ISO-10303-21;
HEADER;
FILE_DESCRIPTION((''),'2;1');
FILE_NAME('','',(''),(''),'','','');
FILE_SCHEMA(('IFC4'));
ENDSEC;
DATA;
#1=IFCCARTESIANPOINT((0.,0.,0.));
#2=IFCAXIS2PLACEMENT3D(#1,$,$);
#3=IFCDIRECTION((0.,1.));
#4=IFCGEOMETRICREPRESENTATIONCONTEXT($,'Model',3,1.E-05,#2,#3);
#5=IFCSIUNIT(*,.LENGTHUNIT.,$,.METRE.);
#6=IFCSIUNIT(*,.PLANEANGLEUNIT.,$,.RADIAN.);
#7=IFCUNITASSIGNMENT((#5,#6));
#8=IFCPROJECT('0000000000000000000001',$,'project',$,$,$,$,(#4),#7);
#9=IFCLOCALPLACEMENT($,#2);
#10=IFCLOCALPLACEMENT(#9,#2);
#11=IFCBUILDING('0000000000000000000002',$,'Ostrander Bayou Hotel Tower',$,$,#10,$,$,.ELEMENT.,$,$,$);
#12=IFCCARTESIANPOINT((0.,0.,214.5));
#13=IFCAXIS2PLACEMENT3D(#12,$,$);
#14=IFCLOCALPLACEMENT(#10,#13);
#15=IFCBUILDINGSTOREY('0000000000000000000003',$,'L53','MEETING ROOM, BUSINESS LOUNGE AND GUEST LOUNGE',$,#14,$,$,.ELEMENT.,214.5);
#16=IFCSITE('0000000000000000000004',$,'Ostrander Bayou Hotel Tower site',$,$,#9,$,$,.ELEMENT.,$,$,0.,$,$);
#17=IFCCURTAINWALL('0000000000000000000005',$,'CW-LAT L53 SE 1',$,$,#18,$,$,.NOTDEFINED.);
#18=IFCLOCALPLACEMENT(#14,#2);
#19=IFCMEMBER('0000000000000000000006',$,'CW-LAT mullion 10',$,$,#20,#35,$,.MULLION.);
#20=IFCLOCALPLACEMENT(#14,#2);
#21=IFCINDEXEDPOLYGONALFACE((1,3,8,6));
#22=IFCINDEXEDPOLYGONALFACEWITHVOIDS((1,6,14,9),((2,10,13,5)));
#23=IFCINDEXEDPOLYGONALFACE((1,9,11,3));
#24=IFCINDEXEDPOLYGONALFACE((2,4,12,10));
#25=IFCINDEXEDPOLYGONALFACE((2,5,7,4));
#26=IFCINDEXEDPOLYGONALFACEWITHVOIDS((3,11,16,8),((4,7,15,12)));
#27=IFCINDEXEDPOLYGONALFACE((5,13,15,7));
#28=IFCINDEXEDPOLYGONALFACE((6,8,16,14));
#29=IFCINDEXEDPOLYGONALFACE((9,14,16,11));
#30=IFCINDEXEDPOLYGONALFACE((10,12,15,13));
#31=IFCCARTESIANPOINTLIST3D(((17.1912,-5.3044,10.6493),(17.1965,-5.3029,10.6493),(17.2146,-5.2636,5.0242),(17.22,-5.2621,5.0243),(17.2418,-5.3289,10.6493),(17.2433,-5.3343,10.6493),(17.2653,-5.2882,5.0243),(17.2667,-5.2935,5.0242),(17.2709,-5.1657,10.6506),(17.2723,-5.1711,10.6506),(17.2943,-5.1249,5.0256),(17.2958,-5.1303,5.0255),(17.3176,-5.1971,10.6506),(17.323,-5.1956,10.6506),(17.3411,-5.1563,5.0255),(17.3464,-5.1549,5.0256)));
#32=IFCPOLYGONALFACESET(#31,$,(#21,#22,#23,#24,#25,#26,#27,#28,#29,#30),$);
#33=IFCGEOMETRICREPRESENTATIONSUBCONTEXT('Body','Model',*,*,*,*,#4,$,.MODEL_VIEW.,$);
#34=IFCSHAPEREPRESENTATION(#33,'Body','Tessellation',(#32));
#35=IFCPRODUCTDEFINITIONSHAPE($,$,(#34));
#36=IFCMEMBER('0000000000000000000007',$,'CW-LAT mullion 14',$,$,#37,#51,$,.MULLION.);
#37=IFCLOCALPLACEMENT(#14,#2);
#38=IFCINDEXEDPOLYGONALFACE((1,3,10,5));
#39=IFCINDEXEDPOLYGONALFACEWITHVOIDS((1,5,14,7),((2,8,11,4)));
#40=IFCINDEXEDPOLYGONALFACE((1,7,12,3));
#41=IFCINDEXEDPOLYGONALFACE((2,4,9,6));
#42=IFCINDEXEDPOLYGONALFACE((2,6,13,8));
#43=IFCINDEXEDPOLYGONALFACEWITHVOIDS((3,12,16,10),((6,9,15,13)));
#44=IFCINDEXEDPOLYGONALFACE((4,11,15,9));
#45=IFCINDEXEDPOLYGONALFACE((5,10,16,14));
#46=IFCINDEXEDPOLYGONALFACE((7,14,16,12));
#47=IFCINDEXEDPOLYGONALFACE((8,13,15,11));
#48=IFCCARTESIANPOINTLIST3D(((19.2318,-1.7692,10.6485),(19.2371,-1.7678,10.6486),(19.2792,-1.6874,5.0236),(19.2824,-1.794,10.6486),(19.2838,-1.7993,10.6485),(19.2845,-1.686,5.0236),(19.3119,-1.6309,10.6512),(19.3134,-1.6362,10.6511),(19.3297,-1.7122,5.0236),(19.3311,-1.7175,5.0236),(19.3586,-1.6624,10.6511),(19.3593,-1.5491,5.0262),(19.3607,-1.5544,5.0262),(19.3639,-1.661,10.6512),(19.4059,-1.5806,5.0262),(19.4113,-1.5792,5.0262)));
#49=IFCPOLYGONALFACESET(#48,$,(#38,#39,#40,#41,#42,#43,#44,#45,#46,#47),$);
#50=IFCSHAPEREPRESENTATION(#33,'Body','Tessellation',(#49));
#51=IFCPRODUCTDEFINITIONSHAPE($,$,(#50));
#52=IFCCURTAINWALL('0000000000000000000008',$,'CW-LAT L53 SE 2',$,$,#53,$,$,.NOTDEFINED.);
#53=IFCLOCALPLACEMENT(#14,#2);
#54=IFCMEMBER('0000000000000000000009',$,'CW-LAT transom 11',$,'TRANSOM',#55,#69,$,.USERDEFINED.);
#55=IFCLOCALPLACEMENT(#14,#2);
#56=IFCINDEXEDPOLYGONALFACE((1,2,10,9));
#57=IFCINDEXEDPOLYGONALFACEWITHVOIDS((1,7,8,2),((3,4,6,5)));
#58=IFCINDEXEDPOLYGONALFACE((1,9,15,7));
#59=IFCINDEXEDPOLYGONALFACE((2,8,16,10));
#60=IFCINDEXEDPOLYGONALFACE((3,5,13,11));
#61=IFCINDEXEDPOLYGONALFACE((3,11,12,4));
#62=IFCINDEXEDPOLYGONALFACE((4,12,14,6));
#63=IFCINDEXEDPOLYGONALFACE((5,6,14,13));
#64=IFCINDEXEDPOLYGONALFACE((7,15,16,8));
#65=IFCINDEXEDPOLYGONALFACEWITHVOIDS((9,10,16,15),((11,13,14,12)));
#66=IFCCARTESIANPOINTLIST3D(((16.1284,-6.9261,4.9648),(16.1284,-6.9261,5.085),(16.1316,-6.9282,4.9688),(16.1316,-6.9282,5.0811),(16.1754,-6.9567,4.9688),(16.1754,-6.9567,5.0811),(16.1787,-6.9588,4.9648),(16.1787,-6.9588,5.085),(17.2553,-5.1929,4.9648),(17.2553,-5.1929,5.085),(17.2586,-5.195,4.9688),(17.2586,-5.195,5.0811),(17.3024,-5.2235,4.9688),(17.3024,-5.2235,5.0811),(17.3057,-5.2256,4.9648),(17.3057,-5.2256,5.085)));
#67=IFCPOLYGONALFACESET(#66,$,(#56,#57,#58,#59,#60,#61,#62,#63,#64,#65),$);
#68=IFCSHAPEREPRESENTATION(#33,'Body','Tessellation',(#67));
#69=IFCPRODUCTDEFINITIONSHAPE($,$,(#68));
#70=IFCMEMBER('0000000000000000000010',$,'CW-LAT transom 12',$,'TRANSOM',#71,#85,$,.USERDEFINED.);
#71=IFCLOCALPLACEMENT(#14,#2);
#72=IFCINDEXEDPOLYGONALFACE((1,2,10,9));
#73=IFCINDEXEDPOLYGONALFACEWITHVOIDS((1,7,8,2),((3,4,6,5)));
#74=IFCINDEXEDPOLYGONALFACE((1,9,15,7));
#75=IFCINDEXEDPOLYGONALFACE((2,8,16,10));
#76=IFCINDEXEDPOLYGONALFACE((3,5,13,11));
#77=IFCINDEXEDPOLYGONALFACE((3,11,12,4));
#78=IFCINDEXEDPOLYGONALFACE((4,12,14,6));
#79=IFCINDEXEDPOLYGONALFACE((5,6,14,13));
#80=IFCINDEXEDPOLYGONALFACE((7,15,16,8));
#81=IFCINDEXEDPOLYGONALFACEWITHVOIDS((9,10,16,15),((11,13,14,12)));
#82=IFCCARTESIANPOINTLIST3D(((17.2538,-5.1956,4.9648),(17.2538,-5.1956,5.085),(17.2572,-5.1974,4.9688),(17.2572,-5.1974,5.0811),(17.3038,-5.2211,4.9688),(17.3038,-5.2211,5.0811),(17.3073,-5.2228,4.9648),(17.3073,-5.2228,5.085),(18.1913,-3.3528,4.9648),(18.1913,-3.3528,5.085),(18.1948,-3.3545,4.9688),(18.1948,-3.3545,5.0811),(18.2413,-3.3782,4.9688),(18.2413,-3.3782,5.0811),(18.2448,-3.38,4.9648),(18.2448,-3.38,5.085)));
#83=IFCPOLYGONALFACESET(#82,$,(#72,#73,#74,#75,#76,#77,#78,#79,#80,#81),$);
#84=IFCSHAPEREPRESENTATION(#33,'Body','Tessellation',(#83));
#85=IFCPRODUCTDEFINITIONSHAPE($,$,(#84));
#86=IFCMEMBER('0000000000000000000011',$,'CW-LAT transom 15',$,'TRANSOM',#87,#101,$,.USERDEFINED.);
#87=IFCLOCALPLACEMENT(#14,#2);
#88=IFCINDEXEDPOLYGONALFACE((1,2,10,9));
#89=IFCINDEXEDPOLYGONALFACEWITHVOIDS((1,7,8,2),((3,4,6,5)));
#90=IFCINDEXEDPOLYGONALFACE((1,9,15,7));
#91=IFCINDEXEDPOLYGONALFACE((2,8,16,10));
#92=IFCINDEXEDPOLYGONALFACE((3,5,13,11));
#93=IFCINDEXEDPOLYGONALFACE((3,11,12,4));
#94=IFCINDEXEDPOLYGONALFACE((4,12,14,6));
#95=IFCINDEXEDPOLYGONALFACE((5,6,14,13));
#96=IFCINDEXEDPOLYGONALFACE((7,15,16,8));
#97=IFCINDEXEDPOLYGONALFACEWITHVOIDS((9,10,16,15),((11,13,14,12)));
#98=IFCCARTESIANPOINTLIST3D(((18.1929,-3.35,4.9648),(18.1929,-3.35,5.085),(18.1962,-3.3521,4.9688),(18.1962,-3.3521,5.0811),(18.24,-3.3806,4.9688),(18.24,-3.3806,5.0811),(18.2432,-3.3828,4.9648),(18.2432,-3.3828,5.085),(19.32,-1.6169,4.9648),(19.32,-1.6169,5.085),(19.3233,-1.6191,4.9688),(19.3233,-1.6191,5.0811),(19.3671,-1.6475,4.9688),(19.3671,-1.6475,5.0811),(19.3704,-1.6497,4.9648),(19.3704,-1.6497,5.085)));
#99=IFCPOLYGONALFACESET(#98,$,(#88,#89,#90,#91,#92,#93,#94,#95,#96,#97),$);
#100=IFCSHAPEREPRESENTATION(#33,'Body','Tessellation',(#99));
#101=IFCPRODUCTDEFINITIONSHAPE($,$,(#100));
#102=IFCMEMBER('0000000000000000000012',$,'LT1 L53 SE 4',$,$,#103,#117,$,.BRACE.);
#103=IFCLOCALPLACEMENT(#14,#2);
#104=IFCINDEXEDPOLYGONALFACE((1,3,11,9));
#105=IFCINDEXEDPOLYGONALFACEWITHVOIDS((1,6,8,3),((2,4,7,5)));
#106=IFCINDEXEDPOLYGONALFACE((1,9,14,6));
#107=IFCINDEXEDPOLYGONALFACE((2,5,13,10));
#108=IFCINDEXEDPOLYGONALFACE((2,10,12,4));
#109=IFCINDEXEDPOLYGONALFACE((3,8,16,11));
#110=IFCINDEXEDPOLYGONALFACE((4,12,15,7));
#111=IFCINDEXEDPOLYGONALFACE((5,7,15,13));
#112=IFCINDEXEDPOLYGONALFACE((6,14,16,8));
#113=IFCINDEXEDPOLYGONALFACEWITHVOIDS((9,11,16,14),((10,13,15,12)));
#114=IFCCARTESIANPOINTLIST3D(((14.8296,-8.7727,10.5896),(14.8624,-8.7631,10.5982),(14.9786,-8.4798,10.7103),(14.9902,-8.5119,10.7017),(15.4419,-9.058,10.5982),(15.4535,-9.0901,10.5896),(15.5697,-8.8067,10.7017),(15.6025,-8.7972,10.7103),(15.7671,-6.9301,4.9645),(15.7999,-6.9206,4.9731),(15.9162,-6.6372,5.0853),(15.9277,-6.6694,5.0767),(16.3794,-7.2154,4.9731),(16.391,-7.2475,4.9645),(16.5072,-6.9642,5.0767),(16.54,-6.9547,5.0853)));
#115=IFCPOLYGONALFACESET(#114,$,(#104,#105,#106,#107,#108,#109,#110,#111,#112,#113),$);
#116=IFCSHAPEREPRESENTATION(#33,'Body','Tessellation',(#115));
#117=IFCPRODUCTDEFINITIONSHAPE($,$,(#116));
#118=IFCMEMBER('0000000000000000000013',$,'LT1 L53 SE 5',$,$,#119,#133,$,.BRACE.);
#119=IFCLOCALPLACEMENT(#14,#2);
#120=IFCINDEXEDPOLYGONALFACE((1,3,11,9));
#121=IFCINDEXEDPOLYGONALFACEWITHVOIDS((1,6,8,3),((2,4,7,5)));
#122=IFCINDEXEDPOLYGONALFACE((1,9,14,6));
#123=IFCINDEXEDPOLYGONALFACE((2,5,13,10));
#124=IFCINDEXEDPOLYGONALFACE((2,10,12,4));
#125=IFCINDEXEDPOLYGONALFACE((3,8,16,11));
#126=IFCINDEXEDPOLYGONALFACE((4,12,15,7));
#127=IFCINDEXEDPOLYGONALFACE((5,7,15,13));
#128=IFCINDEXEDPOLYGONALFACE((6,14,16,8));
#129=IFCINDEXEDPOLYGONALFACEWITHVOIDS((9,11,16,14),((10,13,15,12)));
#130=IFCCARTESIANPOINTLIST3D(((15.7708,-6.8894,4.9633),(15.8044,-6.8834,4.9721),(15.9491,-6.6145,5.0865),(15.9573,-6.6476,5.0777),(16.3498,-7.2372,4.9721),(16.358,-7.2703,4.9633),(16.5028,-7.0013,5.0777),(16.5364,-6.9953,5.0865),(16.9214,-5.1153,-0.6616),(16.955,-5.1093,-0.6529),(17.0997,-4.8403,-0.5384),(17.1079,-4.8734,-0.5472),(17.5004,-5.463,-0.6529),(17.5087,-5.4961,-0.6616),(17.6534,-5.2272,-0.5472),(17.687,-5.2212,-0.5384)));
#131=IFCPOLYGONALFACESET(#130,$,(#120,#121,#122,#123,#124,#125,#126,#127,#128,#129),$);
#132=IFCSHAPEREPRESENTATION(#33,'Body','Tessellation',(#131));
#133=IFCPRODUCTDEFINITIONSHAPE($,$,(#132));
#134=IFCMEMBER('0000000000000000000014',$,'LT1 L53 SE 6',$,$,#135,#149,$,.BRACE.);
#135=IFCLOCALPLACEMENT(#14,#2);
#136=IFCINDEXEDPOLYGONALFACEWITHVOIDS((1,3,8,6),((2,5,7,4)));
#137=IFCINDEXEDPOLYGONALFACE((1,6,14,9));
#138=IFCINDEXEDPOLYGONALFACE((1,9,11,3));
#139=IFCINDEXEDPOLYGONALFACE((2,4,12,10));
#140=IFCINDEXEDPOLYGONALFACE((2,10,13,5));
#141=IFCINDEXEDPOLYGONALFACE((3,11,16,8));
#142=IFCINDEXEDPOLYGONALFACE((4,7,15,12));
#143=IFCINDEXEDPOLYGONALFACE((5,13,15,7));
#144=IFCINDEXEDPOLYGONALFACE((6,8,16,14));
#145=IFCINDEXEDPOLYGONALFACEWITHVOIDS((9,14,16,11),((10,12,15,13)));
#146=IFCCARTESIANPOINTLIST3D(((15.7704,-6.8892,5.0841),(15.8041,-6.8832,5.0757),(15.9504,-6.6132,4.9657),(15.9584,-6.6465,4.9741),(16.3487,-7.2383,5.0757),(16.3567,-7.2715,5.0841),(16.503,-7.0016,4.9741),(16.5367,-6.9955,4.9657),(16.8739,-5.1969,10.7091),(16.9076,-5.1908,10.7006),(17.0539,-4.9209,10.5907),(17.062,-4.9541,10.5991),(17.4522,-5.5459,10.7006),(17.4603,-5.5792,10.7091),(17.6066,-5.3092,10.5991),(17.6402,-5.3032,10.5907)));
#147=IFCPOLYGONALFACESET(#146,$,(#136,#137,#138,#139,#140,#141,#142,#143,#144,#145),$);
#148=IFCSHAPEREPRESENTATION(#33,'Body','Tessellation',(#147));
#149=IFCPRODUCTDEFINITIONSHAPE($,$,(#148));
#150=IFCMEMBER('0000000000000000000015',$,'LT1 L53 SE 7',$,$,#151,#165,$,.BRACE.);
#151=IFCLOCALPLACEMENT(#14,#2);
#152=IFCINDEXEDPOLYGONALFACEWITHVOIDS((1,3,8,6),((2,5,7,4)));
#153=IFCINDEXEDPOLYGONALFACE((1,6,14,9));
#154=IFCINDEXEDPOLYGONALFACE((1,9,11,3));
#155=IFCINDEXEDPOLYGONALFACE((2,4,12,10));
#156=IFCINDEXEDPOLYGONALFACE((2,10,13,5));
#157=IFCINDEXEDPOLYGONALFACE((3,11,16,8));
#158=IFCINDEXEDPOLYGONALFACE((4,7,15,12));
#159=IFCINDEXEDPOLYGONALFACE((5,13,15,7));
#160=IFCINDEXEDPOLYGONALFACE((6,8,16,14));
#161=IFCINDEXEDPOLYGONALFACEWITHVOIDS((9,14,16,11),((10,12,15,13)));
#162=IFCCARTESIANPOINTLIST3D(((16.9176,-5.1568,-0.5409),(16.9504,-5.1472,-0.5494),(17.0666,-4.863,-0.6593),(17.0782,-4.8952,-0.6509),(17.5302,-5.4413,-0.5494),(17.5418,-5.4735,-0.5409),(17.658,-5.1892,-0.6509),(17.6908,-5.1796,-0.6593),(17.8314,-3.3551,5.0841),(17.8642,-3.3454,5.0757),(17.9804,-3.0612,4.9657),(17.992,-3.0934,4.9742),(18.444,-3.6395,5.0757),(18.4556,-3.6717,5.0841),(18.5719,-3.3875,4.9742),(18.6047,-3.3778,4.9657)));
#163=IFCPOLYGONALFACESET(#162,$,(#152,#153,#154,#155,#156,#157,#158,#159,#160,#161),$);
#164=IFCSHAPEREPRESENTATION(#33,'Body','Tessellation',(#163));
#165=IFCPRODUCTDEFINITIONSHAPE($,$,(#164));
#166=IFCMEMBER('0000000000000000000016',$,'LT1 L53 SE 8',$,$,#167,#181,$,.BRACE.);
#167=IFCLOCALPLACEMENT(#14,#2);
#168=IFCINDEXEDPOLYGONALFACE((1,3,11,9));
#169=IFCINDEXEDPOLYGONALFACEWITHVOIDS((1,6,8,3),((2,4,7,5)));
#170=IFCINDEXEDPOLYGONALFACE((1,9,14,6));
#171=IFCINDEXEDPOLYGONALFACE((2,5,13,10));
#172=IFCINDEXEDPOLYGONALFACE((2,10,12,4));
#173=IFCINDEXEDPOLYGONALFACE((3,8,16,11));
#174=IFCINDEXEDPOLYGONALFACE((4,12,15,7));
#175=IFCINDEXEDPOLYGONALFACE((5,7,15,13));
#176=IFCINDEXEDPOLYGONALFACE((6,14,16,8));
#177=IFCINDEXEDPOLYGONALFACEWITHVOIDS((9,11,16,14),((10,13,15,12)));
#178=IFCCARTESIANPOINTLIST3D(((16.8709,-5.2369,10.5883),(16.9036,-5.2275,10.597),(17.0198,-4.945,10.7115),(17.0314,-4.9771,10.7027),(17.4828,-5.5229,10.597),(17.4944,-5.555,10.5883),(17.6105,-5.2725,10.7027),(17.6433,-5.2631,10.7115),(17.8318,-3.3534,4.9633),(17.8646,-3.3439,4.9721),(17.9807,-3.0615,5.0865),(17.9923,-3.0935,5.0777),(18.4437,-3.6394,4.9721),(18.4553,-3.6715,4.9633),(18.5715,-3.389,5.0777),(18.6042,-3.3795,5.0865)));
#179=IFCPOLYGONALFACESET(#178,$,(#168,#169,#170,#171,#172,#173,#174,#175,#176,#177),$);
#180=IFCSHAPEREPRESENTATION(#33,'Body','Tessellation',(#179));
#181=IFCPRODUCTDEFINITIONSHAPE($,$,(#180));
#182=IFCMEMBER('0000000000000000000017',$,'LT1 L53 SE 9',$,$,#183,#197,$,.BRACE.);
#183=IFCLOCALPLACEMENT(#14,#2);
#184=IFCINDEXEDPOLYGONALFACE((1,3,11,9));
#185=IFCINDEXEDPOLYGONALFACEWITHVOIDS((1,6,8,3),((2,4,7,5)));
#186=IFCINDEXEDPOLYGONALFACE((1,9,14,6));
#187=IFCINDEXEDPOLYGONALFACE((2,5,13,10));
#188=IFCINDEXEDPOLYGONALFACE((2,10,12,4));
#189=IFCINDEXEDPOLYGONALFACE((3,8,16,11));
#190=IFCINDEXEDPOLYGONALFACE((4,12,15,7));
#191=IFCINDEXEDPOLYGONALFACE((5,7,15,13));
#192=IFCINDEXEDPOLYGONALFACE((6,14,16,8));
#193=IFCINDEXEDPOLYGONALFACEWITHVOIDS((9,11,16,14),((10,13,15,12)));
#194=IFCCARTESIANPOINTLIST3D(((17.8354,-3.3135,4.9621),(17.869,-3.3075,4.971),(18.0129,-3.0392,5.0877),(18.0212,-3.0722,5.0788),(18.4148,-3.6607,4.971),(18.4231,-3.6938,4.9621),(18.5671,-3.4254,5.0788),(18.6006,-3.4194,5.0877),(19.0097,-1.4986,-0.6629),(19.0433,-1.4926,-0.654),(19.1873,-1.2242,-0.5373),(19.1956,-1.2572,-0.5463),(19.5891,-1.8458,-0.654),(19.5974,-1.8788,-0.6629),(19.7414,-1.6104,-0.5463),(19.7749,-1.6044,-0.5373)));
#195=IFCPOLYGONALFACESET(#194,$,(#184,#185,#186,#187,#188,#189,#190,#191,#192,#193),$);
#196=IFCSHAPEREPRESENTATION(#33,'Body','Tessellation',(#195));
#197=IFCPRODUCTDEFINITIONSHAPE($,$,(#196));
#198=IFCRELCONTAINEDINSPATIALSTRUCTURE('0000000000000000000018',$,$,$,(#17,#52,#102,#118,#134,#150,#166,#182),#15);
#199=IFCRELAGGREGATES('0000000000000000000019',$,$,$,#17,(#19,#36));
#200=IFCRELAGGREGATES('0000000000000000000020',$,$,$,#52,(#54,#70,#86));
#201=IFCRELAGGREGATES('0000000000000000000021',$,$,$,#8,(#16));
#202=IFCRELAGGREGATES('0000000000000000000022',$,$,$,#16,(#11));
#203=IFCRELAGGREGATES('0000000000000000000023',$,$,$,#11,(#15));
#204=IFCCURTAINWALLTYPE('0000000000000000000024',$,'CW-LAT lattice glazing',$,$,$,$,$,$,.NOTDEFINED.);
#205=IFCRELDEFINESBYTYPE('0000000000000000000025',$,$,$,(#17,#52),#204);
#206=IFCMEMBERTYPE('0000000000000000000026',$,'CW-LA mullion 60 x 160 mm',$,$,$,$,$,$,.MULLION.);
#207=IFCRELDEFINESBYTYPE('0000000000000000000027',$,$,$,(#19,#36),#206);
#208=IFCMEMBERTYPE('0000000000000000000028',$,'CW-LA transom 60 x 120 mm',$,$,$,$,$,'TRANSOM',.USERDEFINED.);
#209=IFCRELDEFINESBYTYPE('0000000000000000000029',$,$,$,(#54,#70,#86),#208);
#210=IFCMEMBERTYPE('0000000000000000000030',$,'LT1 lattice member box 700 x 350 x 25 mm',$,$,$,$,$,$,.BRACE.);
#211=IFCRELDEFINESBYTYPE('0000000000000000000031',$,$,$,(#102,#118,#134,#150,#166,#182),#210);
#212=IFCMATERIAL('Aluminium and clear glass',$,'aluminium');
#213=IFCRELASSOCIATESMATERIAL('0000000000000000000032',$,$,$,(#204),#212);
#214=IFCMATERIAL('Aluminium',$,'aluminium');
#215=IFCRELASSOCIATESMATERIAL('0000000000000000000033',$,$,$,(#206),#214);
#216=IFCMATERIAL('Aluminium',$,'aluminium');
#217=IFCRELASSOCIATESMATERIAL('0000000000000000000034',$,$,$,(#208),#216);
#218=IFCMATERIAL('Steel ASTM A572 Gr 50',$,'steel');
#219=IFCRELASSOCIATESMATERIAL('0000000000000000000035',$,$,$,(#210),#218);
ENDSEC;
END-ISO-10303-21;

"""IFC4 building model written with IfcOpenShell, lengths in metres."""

from ifc_helpers import new_model, si_unit, direction, frame, origin, origin_2d, place, context, subcontext, project, spatial, hollow_rectangle, extrude, material, material_profile, profile_set, type_object, element, aggregate, save


model = new_model("IFC4")

# Units and contexts
model_context = context("Model", 3, precision=1e-05, world=origin(), true_north=direction((0.0, 1.0)))
body_context = subcontext(model_context, "Body", "Model", "MODEL_VIEW")
ifc_project = project(units=[si_unit("LENGTHUNIT", "METRE"), si_unit("PLANEANGLEUNIT", "RADIAN")], contexts=[model_context])

# Site, building, storey
site_placement = place(None, origin())
site = spatial("IfcSite", under=ifc_project, at=site_placement, Name="Ostrander Bayou Hotel Tower site", CompositionType="ELEMENT", RefElevation=0.0)
building_placement = place(site_placement, origin())
building = spatial("IfcBuilding", under=site, at=building_placement, Name="Ostrander Bayou Hotel Tower", CompositionType="ELEMENT")
storey_placement = place(building_placement, frame((0.0, 0.0, 214.5)))
storey = spatial("IfcBuildingStorey", under=building, at=storey_placement, Name="L53", Description="MEETING ROOM, BUSINESS LOUNGE AND GUEST LOUNGE", CompositionType="ELEMENT", Elevation=214.5)

# Curtain walls, members
ifc_material_1 = material(Name="Aluminium and clear glass", Category="aluminium")
curtain_wall_type = type_object("IfcCurtainWallType", Name="CW-LAT lattice glazing", PredefinedType="NOTDEFINED", material=ifc_material_1)
curtain_wall_1_placement = place(storey_placement, origin())
curtain_wall_1 = element("IfcCurtainWall", 1, at=curtain_wall_1_placement, inside=storey, type_object=curtain_wall_type, Name="CW-LAT L53 SE 1", PredefinedType="NOTDEFINED")
ifc_material_2 = material(Name="Aluminium", Category="aluminium")
ifc_material_profile_1 = material_profile(ifc_material_2, hollow_rectangle(XDim=0.0601, YDim=0.1599, WallThickness=0.0039, at=origin_2d()))
ifc_profile_set_1 = profile_set([ifc_material_profile_1], Name="Aluminium")
member_type_1 = type_object("IfcMemberType", Name="CW-LA mullion 60 x 160 mm", PredefinedType="MULLION", material=ifc_profile_set_1)
member_1_placement = place(storey_placement, frame((17.2805, -5.2092, 5.0249), z_axis=(-0.004167, -0.007248, 0.999965), x_axis=(0.866962, -0.498374, 0.0)))
member_1 = element("IfcMember", 2, at=member_1_placement, type_object=member_type_1, Name="CW-LAT mullion 10", PredefinedType="MULLION", context=body_context, shape_type="SweptSolid", body=[
    extrude(hollow_rectangle(XDim=0.0601, YDim=0.1599, WallThickness=0.0039, at=origin_2d()), origin(), (0.0, 0.0, 1.0), 5.6252),
])
member_2_placement = place(storey_placement, frame((19.3452, -1.6333, 5.0249), z_axis=(-0.008419, -0.014538, 0.999859), x_axis=(0.865367, -0.501138, 0.0)))
member_2 = element("IfcMember", 3, at=member_2_placement, type_object=member_type_1, Name="CW-LAT mullion 14", PredefinedType="MULLION", context=body_context, shape_type="SweptSolid", body=[
    extrude(hollow_rectangle(XDim=0.0601, YDim=0.1599, WallThickness=0.0039, at=origin_2d()), origin(), (0.0, 0.0, 1.0), 5.6257),
])
curtain_wall_2_placement = place(storey_placement, origin())
curtain_wall_2 = element("IfcCurtainWall", 4, at=curtain_wall_2_placement, inside=storey, type_object=curtain_wall_type, Name="CW-LAT L53 SE 2", PredefinedType="NOTDEFINED")
ifc_material_3 = material(Name="Aluminium", Category="aluminium")
ifc_material_profile_2 = material_profile(ifc_material_3, hollow_rectangle(XDim=0.0601, YDim=0.1201, WallThickness=0.0039, at=origin_2d()))
ifc_profile_set_2 = profile_set([ifc_material_profile_2], Name="Aluminium")
member_type_2 = type_object("IfcMemberType", Name="CW-LA transom 60 x 120 mm", ElementType="TRANSOM", PredefinedType="USERDEFINED", material=ifc_profile_set_2)
member_3_placement = place(storey_placement, frame((17.2805, -5.2092, 5.0249), z_axis=(-0.545125, -0.838355, 0.0), x_axis=(0.838355, -0.545125, 0.0)))
member_3 = element("IfcMember", 5, at=member_3_placement, type_object=member_type_2, Name="CW-LAT transom 11", ObjectType="TRANSOM", PredefinedType="USERDEFINED", context=body_context, shape_type="SweptSolid", body=[
    extrude(hollow_rectangle(XDim=0.0601, YDim=0.1201, WallThickness=0.0039, at=origin_2d()), origin(), (0.0, 0.0, 1.0), 2.0674),
])
member_4_placement = place(storey_placement, frame((17.2805, -5.2092, 5.0249), z_axis=(0.453437, 0.891288, 0.0), x_axis=(-0.891288, 0.453437, 0.0)))
member_4 = element("IfcMember", 6, at=member_4_placement, type_object=member_type_2, Name="CW-LAT transom 12", ObjectType="TRANSOM", PredefinedType="USERDEFINED", context=body_context, shape_type="SweptSolid", body=[
    extrude(hollow_rectangle(XDim=0.0601, YDim=0.1201, WallThickness=0.0039, at=origin_2d()), origin(), (0.0, 0.0, 1.0), 2.0676),
])
member_5_placement = place(storey_placement, frame((19.3452, -1.6333, 5.0249), z_axis=(-0.545208, -0.838301, 0.0), x_axis=(0.838301, -0.545208, 0.0)))
member_5 = element("IfcMember", 7, at=member_5_placement, type_object=member_type_2, Name="CW-LAT transom 15", ObjectType="TRANSOM", PredefinedType="USERDEFINED", context=body_context, shape_type="SweptSolid", body=[
    extrude(hollow_rectangle(XDim=0.0601, YDim=0.1201, WallThickness=0.0039, at=origin_2d()), origin(), (0.0, 0.0, 1.0), 2.0674),
])

# Members
ifc_material_4 = material(Name="Steel ASTM A572 Gr 50", Category="steel")
ifc_material_profile_3 = material_profile(ifc_material_4, hollow_rectangle(XDim=0.7, YDim=0.3501, WallThickness=0.0249, at=origin_2d()))
ifc_profile_set_3 = profile_set([ifc_material_profile_3], Name="Steel ASTM A572 Gr 50")
member_type_3 = type_object("IfcMemberType", Name="LT1 lattice member box 700 x 350 x 25 mm", PredefinedType="BRACE", material=ifc_profile_set_3)
member_6_placement = place(storey_placement, frame((16.1536, -6.9424, 5.0249), z_axis=(-0.156436, -0.307454, 0.938616), x_axis=(0.891264, -0.453485, 0.0)))
element("IfcMember", 8, at=member_6_placement, inside=storey, type_object=member_type_3, Name="LT1 L53 SE 4", PredefinedType="BRACE", context=body_context, shape_type="SweptSolid", body=[
    extrude(hollow_rectangle(XDim=0.7, YDim=0.3501, WallThickness=0.0249, at=origin_2d()), origin(), (0.0, 0.0, 1.0), 5.9929),
])
member_7_placement = place(storey_placement, frame((16.1536, -6.9424, 5.0249), z_axis=(0.191474, 0.295235, -0.936042), x_axis=(-0.839, 0.544132, 0.0)))
element("IfcMember", 9, at=member_7_placement, inside=storey, type_object=member_type_3, Name="LT1 L53 SE 5", PredefinedType="BRACE", context=body_context, shape_type="SweptSolid", body=[
    extrude(hollow_rectangle(XDim=0.7, YDim=0.3501, WallThickness=0.0249, at=origin_2d()), origin(), (0.0, 0.0, 1.0), 6.0093),
])
for number, where, z_axis, x_axis, name in (
    (10, (16.1536, -6.9424, 5.0249), (0.184632, 0.283157, 0.941134), (-0.837659, 0.546194, 0.0), "LT1 L53 SE 6"),
    (11, (18.218, -3.3665, 5.0249), (-0.152895, -0.301459, -0.941141), (0.891851, -0.45233, 0.0), "LT1 L53 SE 7"),
):
    element("IfcMember", number, at=place(storey_placement, frame(where, z_axis=z_axis, x_axis=x_axis)), inside=storey, type_object=member_type_3, Name=name, PredefinedType="BRACE", context=body_context, shape_type="SweptSolid", body=[
        extrude(hollow_rectangle(XDim=0.7, YDim=0.3501, WallThickness=0.0249, at=origin_2d()), origin(), (0.0, 0.0, 1.0), 5.9768),
    ])
member_8_placement = place(storey_placement, frame((18.218, -3.3665, 5.0249), z_axis=(-0.159908, -0.313438, 0.936048), x_axis=(0.890772, -0.45445, 0.0)))
element("IfcMember", 12, at=member_8_placement, inside=storey, type_object=member_type_3, Name="LT1 L53 SE 8", PredefinedType="BRACE", context=body_context, shape_type="SweptSolid", body=[
    extrude(hollow_rectangle(XDim=0.7, YDim=0.3501, WallThickness=0.0249, at=origin_2d()), origin(), (0.0, 0.0, 1.0), 6.0093),
])
member_9_placement = place(storey_placement, frame((18.218, -3.3665, 5.0249), z_axis=(0.194872, 0.301181, -0.933442), x_axis=(-0.839582, 0.543233, 0.0)))
element("IfcMember", 13, at=member_9_placement, inside=storey, type_object=member_type_3, Name="LT1 L53 SE 9", PredefinedType="BRACE", context=body_context, shape_type="SweptSolid", body=[
    extrude(hollow_rectangle(XDim=0.7, YDim=0.3501, WallThickness=0.0249, at=origin_2d()), origin(), (0.0, 0.0, 1.0), 6.0261),
])

aggregate(curtain_wall_1, [member_1, member_2])
aggregate(curtain_wall_2, [member_3, member_4, member_5])

save(model, "model.ifc")
